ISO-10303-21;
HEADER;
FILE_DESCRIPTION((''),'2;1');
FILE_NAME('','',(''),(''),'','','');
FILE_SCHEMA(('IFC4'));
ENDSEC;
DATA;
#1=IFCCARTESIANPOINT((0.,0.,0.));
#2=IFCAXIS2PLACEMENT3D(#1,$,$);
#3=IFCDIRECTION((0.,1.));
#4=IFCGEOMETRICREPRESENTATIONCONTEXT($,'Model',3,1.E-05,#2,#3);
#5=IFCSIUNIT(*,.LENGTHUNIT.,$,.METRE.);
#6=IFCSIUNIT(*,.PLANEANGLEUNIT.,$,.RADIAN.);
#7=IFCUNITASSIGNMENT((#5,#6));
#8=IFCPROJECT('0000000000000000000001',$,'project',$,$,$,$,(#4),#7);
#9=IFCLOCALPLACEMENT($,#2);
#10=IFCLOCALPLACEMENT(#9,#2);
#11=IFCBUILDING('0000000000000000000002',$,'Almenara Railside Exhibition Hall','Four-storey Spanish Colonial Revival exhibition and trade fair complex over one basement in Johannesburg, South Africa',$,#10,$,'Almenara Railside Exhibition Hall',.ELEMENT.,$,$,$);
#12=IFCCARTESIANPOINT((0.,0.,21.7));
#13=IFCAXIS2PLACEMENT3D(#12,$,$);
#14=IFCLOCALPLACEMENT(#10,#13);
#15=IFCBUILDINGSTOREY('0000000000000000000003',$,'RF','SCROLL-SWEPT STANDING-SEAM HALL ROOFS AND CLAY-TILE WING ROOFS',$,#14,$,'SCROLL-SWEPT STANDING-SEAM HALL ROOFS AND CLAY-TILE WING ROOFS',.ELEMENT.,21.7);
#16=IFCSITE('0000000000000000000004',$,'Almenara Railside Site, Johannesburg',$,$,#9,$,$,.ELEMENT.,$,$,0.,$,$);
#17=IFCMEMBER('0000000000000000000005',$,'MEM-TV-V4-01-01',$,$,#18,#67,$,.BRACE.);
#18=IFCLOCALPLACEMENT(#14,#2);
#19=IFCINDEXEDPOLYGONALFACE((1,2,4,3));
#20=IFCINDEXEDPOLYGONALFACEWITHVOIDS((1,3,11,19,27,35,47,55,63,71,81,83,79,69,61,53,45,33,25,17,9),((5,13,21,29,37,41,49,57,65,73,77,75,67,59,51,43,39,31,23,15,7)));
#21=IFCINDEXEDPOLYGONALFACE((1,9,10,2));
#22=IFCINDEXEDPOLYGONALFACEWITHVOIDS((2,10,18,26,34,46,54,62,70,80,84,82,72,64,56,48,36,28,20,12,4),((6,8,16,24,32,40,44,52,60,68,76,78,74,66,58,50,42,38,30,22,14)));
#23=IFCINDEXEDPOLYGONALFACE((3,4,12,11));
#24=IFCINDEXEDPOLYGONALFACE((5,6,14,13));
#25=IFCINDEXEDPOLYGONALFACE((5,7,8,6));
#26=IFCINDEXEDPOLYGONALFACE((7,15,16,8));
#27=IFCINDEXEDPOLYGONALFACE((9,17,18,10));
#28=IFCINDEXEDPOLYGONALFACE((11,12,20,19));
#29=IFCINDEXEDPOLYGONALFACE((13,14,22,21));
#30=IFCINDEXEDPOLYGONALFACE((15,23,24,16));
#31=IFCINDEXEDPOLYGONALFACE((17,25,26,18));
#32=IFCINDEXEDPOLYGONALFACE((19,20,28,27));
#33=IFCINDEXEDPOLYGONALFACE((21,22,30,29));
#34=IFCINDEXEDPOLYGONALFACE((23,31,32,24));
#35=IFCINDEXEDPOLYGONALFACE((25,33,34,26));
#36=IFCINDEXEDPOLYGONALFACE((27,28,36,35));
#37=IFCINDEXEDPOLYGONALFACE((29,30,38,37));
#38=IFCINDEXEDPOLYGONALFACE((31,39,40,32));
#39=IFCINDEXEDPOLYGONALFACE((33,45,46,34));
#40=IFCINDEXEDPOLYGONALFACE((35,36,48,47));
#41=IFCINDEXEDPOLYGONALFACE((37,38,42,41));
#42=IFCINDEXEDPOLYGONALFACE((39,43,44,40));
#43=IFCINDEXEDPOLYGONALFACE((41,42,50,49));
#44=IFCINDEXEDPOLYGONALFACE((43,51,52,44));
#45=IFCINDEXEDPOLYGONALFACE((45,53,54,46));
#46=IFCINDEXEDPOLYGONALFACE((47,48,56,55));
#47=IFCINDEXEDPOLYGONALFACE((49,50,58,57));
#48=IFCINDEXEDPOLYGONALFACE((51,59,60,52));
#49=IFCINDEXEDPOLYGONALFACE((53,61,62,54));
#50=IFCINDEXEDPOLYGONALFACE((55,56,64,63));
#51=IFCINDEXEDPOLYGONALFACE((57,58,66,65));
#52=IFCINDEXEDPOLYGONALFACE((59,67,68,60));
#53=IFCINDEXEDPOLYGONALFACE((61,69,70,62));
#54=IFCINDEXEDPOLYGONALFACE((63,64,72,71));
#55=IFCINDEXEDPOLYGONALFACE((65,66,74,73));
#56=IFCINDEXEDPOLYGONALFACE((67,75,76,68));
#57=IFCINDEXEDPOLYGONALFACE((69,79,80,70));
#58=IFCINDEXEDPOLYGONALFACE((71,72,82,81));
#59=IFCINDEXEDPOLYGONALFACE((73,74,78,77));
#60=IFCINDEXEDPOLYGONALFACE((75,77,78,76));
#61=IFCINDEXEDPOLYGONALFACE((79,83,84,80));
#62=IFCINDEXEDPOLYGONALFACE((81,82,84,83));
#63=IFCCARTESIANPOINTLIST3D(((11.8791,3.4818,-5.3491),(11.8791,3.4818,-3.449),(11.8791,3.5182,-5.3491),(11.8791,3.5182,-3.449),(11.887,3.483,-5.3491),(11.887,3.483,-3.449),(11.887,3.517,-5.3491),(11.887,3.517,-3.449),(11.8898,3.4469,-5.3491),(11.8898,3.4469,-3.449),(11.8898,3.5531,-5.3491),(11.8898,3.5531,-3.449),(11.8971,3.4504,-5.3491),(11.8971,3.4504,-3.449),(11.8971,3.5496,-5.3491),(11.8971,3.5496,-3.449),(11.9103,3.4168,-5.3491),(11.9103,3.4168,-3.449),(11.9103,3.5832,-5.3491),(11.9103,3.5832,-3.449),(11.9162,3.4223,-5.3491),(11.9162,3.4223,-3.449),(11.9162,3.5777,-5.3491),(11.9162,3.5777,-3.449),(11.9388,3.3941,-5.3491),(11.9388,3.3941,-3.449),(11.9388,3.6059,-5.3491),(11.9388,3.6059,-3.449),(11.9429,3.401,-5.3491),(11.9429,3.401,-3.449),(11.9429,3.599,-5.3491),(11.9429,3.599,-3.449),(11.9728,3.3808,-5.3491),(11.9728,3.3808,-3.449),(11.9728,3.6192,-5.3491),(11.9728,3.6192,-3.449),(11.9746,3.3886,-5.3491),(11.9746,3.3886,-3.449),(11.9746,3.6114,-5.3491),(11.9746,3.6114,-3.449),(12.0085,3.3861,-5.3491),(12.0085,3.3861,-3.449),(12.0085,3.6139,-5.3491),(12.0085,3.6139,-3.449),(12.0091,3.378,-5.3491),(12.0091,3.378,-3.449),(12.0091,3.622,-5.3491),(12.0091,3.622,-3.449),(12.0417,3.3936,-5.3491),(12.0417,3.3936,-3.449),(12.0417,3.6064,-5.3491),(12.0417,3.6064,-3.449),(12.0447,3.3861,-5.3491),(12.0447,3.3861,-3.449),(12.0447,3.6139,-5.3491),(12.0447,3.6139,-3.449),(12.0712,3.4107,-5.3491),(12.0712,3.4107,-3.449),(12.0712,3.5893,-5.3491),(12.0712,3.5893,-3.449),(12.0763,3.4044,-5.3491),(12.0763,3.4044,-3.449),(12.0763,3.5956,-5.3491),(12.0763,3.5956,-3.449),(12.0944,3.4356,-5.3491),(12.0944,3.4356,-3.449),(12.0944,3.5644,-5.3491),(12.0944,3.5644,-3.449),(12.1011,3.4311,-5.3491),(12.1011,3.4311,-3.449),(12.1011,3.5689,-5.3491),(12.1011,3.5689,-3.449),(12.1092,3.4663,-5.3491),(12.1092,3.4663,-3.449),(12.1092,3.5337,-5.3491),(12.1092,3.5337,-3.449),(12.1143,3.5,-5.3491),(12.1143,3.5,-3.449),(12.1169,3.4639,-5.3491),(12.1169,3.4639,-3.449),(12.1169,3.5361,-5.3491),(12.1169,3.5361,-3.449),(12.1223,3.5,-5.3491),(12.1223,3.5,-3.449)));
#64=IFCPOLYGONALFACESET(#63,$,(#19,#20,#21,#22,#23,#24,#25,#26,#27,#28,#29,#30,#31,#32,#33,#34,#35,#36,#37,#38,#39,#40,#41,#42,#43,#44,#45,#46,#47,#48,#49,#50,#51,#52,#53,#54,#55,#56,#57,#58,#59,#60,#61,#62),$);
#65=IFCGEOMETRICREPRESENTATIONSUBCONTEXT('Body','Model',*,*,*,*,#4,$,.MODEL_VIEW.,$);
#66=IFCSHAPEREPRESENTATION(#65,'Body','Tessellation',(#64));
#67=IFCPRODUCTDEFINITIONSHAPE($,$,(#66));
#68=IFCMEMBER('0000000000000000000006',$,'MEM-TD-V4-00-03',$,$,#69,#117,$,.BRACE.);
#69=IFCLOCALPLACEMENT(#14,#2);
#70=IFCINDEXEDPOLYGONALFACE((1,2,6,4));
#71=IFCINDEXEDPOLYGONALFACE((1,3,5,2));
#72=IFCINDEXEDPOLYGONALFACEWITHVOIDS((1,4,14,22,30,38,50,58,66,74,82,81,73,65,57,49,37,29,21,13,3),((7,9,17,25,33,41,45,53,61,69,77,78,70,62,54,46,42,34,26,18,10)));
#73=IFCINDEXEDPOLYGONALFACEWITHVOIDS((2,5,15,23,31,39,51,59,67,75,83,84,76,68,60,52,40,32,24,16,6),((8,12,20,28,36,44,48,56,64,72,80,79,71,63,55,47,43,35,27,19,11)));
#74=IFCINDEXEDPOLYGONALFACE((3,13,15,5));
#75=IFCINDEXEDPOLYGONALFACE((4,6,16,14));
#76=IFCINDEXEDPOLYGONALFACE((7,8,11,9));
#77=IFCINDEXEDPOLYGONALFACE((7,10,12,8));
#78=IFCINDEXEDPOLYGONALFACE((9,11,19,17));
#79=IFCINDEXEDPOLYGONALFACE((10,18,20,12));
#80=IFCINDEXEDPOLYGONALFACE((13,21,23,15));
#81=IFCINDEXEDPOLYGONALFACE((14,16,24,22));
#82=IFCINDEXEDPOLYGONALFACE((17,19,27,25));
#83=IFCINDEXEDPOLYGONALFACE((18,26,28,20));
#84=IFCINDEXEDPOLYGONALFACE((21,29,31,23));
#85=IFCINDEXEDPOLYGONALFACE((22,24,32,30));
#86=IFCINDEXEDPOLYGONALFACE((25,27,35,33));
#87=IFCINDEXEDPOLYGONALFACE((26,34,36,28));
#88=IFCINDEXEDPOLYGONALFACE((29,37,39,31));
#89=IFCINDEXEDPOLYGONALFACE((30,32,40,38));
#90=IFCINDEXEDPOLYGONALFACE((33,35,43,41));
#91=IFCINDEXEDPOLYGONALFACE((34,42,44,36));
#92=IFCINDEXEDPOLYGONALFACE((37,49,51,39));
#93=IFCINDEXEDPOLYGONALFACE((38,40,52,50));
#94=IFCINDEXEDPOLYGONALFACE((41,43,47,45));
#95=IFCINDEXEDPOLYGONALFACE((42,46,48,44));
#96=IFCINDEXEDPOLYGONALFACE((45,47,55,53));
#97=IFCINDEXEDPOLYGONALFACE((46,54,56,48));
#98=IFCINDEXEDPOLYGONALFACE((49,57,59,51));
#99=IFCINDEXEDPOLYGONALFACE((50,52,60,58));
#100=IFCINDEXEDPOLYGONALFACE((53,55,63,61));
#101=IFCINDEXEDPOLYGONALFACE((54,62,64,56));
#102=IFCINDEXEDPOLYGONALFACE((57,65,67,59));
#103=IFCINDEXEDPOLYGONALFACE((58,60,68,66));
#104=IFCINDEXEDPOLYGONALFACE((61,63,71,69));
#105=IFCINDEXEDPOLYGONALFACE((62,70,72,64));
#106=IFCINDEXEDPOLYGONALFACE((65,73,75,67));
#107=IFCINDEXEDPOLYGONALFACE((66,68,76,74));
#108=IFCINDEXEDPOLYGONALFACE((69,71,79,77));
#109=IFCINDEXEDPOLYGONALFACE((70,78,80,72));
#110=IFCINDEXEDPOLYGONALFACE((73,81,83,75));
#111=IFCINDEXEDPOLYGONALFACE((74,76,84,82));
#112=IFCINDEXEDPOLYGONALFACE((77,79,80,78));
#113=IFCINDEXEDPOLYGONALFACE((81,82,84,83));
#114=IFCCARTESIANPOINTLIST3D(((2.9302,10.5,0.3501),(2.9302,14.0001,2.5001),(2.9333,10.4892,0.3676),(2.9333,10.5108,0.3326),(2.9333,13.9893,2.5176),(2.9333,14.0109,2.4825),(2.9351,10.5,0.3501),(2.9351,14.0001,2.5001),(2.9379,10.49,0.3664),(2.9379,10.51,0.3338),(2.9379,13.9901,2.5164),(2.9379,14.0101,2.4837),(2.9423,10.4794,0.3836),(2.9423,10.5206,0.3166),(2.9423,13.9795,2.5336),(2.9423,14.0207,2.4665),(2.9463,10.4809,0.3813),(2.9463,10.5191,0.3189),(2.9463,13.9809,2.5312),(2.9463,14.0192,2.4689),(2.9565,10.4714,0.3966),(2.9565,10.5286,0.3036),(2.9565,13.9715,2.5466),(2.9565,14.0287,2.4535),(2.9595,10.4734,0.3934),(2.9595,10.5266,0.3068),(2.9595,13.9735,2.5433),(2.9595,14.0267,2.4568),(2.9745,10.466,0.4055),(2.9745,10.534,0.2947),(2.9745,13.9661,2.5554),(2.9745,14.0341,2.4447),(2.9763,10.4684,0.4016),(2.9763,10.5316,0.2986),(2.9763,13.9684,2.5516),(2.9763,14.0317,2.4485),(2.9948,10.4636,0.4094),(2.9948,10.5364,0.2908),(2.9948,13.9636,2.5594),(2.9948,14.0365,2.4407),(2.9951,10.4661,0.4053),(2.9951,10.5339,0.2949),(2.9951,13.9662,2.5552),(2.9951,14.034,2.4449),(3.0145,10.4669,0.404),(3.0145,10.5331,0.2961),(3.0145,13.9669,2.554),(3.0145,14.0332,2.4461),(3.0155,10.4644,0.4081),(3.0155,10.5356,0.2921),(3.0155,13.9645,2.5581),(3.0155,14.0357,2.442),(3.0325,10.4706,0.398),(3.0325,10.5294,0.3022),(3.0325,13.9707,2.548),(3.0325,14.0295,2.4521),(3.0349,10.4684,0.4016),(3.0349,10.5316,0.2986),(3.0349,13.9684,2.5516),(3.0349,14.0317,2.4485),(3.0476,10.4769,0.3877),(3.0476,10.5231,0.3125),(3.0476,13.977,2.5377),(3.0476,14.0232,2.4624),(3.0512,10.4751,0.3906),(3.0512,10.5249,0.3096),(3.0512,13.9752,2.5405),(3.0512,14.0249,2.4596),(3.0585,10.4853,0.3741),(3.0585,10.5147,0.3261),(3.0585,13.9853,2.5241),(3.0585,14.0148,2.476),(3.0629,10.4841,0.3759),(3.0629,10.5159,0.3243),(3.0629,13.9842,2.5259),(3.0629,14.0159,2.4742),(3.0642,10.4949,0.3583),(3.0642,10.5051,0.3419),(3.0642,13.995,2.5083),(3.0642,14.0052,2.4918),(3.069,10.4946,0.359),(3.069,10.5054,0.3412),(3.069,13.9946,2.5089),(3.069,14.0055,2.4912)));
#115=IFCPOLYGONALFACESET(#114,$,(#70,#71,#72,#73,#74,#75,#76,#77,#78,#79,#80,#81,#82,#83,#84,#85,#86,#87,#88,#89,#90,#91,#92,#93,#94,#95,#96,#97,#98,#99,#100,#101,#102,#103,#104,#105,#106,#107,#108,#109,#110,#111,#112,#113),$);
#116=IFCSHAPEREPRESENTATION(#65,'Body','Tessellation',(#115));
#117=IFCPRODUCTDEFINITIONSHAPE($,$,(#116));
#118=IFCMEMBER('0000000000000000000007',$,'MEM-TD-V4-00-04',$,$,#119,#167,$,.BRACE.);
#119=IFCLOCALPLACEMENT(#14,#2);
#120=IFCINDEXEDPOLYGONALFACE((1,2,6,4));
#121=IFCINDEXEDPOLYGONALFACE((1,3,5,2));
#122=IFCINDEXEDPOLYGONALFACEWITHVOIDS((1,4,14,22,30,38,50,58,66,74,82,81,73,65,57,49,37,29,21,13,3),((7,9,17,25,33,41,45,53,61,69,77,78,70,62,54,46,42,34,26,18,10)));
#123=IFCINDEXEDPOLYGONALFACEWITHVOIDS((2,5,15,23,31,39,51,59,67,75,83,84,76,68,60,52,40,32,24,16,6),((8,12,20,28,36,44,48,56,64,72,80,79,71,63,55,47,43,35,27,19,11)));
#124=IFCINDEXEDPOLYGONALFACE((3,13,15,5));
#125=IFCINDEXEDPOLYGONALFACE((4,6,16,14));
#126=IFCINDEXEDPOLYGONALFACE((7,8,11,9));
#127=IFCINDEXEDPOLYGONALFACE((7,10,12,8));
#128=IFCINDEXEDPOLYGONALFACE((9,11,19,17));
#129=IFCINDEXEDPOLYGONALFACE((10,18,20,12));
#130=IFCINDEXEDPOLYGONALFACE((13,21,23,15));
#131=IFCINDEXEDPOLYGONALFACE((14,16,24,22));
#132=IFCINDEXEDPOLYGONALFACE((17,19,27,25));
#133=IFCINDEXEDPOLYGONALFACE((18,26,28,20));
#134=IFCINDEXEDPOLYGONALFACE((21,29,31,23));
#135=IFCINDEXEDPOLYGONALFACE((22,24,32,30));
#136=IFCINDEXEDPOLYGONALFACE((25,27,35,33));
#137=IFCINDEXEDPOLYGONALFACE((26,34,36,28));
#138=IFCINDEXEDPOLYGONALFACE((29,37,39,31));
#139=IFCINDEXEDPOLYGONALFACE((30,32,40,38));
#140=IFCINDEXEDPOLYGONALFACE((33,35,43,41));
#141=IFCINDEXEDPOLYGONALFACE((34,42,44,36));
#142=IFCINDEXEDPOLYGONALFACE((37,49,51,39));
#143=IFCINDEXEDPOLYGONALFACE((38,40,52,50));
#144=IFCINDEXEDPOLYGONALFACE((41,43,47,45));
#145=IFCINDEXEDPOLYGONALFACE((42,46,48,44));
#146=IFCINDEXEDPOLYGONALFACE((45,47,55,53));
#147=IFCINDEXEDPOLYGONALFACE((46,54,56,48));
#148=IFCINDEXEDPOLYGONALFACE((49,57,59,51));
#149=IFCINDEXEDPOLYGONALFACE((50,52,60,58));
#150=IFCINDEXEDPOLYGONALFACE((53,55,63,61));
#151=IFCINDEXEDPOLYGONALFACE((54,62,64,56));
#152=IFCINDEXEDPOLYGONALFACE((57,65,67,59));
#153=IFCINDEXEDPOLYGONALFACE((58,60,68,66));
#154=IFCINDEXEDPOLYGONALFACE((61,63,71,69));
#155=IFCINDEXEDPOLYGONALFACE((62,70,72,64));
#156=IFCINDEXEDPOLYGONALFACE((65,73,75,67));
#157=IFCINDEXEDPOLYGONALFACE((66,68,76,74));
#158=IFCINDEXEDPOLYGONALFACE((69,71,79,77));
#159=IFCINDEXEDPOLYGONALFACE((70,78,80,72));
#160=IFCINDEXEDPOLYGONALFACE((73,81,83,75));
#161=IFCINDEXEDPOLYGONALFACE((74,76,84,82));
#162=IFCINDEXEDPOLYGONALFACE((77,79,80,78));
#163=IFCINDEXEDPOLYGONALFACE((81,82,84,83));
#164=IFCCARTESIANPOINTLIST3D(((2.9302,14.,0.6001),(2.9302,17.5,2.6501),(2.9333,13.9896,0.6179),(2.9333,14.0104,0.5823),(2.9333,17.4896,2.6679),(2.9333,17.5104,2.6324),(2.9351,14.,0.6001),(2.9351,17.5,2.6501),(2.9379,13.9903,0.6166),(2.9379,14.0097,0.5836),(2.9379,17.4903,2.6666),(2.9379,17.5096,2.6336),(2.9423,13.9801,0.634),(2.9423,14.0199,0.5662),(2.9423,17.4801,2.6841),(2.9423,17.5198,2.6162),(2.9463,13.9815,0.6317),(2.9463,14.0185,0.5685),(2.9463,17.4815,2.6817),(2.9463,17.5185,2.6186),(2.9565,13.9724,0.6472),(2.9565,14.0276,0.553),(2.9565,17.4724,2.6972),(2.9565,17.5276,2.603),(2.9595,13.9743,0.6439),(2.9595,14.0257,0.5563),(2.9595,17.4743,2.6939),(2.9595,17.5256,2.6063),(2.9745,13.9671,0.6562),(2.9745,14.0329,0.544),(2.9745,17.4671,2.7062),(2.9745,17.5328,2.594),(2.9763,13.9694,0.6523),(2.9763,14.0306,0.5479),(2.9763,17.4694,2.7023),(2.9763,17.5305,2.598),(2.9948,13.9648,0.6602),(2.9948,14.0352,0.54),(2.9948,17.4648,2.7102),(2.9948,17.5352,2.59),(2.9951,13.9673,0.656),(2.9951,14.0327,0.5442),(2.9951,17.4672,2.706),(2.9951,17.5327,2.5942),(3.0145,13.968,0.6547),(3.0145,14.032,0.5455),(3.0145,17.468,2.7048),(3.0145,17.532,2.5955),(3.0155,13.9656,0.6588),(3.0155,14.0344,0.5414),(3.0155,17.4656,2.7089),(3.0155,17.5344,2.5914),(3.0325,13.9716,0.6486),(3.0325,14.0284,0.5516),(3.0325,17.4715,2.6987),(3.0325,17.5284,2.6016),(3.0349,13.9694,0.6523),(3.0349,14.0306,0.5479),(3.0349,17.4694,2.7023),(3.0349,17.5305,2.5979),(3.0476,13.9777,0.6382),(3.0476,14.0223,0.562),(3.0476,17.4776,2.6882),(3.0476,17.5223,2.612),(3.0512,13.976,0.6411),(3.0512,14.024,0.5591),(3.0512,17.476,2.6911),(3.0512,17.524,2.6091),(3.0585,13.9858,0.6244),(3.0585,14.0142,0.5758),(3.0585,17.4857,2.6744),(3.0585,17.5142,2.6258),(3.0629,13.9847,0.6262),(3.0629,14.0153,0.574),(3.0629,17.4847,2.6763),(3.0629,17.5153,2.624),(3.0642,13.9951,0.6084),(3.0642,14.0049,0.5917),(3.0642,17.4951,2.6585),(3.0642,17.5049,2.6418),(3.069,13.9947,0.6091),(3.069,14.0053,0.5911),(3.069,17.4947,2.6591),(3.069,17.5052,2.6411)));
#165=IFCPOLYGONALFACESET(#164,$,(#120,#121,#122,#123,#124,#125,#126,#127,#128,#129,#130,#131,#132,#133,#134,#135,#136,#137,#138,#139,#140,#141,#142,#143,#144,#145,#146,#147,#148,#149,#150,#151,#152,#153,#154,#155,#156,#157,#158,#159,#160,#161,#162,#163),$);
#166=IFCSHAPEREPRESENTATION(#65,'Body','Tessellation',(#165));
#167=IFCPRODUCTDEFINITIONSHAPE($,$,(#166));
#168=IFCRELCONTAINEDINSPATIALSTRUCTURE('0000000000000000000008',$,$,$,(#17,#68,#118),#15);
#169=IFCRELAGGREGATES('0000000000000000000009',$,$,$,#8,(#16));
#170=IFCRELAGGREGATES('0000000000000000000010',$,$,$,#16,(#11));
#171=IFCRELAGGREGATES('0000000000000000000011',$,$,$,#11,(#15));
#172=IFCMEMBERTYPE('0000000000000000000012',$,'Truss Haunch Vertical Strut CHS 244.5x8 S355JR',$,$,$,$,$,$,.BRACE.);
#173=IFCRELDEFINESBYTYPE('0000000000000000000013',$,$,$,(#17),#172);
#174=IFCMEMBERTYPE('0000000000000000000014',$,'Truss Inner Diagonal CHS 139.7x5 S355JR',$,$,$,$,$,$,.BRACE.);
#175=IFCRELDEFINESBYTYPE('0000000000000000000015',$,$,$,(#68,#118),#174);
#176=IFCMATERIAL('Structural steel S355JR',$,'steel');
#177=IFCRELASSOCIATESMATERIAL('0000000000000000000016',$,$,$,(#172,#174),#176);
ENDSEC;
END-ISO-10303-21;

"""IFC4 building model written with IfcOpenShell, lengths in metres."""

from ifc_helpers import new_model, si_unit, direction, frame, origin, origin_2d, place, context, subcontext, project, spatial, hollow_circle, extrude, material, material_profile, profile_set, type_object, element, save


model = new_model("IFC4")

# Units and contexts
model_context = context("Model", 3, precision=1e-05, world=origin(), true_north=direction((0.0, 1.0)))
body_context = subcontext(model_context, "Body", "Model", "MODEL_VIEW")
ifc_project = project(units=[si_unit("LENGTHUNIT", "METRE"), si_unit("PLANEANGLEUNIT", "RADIAN")], contexts=[model_context])

# Site, building, storey
site_placement = place(None, origin())
site = spatial("IfcSite", under=ifc_project, at=site_placement, Name="Almenara Railside Site, Johannesburg", CompositionType="ELEMENT", RefElevation=0.0)
building_placement = place(site_placement, origin())
building = spatial("IfcBuilding", under=site, at=building_placement, Name="Almenara Railside Exhibition Hall", Description="Four-storey Spanish Colonial Revival exhibition and trade fair complex over one basement in Johannesburg, South Africa", LongName="Almenara Railside Exhibition Hall", CompositionType="ELEMENT")
storey_placement = place(building_placement, frame((0.0, 0.0, 21.7)))
storey = spatial("IfcBuildingStorey", under=building, at=storey_placement, Name="RF", Description="SCROLL-SWEPT STANDING-SEAM HALL ROOFS AND CLAY-TILE WING ROOFS", LongName="SCROLL-SWEPT STANDING-SEAM HALL ROOFS AND CLAY-TILE WING ROOFS", CompositionType="ELEMENT", Elevation=21.7)

# Members
ifc_material_1 = material(Name="Structural steel S355JR", Category="steel")
ifc_material_profile_1 = material_profile(ifc_material_1, hollow_circle(Radius=0.1223, WallThickness=0.0081, at=origin_2d()), Name="CHS 244.5x8")
ifc_profile_set_1 = profile_set([ifc_material_profile_1], Name="Structural steel S355JR")
member_type_1 = type_object("IfcMemberType", Name="Truss Haunch Vertical Strut CHS 244.5x8 S355JR", PredefinedType="BRACE", material=ifc_profile_set_1)
member_1_placement = place(storey_placement, frame((12.0, 3.5, -5.3491), z_axis=(0.0, 0.0, 1.0), x_axis=(1.0, 0.0, 0.0)))
element("IfcMember", 1, at=member_1_placement, inside=storey, type_object=member_type_1, Name="MEM-TV-V4-01-01", PredefinedType="BRACE", context=body_context, shape_type="SweptSolid", body=[
    extrude(hollow_circle(Radius=0.1223, WallThickness=0.0081, at=origin_2d()), origin(), (0.0, 0.0, 1.0), 1.9001),
])
ifc_material_profile_2 = material_profile(ifc_material_1, hollow_circle(Radius=0.0698, WallThickness=0.0049, at=origin_2d()), Name="CHS 139.7x5")
ifc_profile_set_2 = profile_set([ifc_material_profile_2], Name="Structural steel S355JR")
member_type_2 = type_object("IfcMemberType", Name="Truss Inner Diagonal CHS 139.7x5 S355JR", PredefinedType="BRACE", material=ifc_profile_set_2)
member_2_placement = place(storey_placement, frame((3.0, 10.5, 0.3501), z_axis=(0.0, 0.852087, 0.523401), x_axis=(-1.0, 0.0, 0.0)))
element("IfcMember", 2, at=member_2_placement, inside=storey, type_object=member_type_2, Name="MEM-TD-V4-00-03", PredefinedType="BRACE", context=body_context, shape_type="SweptSolid", body=[
    extrude(hollow_circle(Radius=0.0698, WallThickness=0.0049, at=origin_2d()), origin(), (0.0, 0.0, 1.0), 4.1077),
])
member_3_placement = place(storey_placement, frame((3.0, 14.0, 0.6001), z_axis=(0.0, 0.862878, 0.505412), x_axis=(-1.0, 0.0, 0.0)))
element("IfcMember", 3, at=member_3_placement, inside=storey, type_object=member_type_2, Name="MEM-TD-V4-00-04", PredefinedType="BRACE", context=body_context, shape_type="SweptSolid", body=[
    extrude(hollow_circle(Radius=0.0698, WallThickness=0.0049, at=origin_2d()), origin(), (0.0, 0.0, 1.0), 4.0562),
])

save(model, "model.ifc")
